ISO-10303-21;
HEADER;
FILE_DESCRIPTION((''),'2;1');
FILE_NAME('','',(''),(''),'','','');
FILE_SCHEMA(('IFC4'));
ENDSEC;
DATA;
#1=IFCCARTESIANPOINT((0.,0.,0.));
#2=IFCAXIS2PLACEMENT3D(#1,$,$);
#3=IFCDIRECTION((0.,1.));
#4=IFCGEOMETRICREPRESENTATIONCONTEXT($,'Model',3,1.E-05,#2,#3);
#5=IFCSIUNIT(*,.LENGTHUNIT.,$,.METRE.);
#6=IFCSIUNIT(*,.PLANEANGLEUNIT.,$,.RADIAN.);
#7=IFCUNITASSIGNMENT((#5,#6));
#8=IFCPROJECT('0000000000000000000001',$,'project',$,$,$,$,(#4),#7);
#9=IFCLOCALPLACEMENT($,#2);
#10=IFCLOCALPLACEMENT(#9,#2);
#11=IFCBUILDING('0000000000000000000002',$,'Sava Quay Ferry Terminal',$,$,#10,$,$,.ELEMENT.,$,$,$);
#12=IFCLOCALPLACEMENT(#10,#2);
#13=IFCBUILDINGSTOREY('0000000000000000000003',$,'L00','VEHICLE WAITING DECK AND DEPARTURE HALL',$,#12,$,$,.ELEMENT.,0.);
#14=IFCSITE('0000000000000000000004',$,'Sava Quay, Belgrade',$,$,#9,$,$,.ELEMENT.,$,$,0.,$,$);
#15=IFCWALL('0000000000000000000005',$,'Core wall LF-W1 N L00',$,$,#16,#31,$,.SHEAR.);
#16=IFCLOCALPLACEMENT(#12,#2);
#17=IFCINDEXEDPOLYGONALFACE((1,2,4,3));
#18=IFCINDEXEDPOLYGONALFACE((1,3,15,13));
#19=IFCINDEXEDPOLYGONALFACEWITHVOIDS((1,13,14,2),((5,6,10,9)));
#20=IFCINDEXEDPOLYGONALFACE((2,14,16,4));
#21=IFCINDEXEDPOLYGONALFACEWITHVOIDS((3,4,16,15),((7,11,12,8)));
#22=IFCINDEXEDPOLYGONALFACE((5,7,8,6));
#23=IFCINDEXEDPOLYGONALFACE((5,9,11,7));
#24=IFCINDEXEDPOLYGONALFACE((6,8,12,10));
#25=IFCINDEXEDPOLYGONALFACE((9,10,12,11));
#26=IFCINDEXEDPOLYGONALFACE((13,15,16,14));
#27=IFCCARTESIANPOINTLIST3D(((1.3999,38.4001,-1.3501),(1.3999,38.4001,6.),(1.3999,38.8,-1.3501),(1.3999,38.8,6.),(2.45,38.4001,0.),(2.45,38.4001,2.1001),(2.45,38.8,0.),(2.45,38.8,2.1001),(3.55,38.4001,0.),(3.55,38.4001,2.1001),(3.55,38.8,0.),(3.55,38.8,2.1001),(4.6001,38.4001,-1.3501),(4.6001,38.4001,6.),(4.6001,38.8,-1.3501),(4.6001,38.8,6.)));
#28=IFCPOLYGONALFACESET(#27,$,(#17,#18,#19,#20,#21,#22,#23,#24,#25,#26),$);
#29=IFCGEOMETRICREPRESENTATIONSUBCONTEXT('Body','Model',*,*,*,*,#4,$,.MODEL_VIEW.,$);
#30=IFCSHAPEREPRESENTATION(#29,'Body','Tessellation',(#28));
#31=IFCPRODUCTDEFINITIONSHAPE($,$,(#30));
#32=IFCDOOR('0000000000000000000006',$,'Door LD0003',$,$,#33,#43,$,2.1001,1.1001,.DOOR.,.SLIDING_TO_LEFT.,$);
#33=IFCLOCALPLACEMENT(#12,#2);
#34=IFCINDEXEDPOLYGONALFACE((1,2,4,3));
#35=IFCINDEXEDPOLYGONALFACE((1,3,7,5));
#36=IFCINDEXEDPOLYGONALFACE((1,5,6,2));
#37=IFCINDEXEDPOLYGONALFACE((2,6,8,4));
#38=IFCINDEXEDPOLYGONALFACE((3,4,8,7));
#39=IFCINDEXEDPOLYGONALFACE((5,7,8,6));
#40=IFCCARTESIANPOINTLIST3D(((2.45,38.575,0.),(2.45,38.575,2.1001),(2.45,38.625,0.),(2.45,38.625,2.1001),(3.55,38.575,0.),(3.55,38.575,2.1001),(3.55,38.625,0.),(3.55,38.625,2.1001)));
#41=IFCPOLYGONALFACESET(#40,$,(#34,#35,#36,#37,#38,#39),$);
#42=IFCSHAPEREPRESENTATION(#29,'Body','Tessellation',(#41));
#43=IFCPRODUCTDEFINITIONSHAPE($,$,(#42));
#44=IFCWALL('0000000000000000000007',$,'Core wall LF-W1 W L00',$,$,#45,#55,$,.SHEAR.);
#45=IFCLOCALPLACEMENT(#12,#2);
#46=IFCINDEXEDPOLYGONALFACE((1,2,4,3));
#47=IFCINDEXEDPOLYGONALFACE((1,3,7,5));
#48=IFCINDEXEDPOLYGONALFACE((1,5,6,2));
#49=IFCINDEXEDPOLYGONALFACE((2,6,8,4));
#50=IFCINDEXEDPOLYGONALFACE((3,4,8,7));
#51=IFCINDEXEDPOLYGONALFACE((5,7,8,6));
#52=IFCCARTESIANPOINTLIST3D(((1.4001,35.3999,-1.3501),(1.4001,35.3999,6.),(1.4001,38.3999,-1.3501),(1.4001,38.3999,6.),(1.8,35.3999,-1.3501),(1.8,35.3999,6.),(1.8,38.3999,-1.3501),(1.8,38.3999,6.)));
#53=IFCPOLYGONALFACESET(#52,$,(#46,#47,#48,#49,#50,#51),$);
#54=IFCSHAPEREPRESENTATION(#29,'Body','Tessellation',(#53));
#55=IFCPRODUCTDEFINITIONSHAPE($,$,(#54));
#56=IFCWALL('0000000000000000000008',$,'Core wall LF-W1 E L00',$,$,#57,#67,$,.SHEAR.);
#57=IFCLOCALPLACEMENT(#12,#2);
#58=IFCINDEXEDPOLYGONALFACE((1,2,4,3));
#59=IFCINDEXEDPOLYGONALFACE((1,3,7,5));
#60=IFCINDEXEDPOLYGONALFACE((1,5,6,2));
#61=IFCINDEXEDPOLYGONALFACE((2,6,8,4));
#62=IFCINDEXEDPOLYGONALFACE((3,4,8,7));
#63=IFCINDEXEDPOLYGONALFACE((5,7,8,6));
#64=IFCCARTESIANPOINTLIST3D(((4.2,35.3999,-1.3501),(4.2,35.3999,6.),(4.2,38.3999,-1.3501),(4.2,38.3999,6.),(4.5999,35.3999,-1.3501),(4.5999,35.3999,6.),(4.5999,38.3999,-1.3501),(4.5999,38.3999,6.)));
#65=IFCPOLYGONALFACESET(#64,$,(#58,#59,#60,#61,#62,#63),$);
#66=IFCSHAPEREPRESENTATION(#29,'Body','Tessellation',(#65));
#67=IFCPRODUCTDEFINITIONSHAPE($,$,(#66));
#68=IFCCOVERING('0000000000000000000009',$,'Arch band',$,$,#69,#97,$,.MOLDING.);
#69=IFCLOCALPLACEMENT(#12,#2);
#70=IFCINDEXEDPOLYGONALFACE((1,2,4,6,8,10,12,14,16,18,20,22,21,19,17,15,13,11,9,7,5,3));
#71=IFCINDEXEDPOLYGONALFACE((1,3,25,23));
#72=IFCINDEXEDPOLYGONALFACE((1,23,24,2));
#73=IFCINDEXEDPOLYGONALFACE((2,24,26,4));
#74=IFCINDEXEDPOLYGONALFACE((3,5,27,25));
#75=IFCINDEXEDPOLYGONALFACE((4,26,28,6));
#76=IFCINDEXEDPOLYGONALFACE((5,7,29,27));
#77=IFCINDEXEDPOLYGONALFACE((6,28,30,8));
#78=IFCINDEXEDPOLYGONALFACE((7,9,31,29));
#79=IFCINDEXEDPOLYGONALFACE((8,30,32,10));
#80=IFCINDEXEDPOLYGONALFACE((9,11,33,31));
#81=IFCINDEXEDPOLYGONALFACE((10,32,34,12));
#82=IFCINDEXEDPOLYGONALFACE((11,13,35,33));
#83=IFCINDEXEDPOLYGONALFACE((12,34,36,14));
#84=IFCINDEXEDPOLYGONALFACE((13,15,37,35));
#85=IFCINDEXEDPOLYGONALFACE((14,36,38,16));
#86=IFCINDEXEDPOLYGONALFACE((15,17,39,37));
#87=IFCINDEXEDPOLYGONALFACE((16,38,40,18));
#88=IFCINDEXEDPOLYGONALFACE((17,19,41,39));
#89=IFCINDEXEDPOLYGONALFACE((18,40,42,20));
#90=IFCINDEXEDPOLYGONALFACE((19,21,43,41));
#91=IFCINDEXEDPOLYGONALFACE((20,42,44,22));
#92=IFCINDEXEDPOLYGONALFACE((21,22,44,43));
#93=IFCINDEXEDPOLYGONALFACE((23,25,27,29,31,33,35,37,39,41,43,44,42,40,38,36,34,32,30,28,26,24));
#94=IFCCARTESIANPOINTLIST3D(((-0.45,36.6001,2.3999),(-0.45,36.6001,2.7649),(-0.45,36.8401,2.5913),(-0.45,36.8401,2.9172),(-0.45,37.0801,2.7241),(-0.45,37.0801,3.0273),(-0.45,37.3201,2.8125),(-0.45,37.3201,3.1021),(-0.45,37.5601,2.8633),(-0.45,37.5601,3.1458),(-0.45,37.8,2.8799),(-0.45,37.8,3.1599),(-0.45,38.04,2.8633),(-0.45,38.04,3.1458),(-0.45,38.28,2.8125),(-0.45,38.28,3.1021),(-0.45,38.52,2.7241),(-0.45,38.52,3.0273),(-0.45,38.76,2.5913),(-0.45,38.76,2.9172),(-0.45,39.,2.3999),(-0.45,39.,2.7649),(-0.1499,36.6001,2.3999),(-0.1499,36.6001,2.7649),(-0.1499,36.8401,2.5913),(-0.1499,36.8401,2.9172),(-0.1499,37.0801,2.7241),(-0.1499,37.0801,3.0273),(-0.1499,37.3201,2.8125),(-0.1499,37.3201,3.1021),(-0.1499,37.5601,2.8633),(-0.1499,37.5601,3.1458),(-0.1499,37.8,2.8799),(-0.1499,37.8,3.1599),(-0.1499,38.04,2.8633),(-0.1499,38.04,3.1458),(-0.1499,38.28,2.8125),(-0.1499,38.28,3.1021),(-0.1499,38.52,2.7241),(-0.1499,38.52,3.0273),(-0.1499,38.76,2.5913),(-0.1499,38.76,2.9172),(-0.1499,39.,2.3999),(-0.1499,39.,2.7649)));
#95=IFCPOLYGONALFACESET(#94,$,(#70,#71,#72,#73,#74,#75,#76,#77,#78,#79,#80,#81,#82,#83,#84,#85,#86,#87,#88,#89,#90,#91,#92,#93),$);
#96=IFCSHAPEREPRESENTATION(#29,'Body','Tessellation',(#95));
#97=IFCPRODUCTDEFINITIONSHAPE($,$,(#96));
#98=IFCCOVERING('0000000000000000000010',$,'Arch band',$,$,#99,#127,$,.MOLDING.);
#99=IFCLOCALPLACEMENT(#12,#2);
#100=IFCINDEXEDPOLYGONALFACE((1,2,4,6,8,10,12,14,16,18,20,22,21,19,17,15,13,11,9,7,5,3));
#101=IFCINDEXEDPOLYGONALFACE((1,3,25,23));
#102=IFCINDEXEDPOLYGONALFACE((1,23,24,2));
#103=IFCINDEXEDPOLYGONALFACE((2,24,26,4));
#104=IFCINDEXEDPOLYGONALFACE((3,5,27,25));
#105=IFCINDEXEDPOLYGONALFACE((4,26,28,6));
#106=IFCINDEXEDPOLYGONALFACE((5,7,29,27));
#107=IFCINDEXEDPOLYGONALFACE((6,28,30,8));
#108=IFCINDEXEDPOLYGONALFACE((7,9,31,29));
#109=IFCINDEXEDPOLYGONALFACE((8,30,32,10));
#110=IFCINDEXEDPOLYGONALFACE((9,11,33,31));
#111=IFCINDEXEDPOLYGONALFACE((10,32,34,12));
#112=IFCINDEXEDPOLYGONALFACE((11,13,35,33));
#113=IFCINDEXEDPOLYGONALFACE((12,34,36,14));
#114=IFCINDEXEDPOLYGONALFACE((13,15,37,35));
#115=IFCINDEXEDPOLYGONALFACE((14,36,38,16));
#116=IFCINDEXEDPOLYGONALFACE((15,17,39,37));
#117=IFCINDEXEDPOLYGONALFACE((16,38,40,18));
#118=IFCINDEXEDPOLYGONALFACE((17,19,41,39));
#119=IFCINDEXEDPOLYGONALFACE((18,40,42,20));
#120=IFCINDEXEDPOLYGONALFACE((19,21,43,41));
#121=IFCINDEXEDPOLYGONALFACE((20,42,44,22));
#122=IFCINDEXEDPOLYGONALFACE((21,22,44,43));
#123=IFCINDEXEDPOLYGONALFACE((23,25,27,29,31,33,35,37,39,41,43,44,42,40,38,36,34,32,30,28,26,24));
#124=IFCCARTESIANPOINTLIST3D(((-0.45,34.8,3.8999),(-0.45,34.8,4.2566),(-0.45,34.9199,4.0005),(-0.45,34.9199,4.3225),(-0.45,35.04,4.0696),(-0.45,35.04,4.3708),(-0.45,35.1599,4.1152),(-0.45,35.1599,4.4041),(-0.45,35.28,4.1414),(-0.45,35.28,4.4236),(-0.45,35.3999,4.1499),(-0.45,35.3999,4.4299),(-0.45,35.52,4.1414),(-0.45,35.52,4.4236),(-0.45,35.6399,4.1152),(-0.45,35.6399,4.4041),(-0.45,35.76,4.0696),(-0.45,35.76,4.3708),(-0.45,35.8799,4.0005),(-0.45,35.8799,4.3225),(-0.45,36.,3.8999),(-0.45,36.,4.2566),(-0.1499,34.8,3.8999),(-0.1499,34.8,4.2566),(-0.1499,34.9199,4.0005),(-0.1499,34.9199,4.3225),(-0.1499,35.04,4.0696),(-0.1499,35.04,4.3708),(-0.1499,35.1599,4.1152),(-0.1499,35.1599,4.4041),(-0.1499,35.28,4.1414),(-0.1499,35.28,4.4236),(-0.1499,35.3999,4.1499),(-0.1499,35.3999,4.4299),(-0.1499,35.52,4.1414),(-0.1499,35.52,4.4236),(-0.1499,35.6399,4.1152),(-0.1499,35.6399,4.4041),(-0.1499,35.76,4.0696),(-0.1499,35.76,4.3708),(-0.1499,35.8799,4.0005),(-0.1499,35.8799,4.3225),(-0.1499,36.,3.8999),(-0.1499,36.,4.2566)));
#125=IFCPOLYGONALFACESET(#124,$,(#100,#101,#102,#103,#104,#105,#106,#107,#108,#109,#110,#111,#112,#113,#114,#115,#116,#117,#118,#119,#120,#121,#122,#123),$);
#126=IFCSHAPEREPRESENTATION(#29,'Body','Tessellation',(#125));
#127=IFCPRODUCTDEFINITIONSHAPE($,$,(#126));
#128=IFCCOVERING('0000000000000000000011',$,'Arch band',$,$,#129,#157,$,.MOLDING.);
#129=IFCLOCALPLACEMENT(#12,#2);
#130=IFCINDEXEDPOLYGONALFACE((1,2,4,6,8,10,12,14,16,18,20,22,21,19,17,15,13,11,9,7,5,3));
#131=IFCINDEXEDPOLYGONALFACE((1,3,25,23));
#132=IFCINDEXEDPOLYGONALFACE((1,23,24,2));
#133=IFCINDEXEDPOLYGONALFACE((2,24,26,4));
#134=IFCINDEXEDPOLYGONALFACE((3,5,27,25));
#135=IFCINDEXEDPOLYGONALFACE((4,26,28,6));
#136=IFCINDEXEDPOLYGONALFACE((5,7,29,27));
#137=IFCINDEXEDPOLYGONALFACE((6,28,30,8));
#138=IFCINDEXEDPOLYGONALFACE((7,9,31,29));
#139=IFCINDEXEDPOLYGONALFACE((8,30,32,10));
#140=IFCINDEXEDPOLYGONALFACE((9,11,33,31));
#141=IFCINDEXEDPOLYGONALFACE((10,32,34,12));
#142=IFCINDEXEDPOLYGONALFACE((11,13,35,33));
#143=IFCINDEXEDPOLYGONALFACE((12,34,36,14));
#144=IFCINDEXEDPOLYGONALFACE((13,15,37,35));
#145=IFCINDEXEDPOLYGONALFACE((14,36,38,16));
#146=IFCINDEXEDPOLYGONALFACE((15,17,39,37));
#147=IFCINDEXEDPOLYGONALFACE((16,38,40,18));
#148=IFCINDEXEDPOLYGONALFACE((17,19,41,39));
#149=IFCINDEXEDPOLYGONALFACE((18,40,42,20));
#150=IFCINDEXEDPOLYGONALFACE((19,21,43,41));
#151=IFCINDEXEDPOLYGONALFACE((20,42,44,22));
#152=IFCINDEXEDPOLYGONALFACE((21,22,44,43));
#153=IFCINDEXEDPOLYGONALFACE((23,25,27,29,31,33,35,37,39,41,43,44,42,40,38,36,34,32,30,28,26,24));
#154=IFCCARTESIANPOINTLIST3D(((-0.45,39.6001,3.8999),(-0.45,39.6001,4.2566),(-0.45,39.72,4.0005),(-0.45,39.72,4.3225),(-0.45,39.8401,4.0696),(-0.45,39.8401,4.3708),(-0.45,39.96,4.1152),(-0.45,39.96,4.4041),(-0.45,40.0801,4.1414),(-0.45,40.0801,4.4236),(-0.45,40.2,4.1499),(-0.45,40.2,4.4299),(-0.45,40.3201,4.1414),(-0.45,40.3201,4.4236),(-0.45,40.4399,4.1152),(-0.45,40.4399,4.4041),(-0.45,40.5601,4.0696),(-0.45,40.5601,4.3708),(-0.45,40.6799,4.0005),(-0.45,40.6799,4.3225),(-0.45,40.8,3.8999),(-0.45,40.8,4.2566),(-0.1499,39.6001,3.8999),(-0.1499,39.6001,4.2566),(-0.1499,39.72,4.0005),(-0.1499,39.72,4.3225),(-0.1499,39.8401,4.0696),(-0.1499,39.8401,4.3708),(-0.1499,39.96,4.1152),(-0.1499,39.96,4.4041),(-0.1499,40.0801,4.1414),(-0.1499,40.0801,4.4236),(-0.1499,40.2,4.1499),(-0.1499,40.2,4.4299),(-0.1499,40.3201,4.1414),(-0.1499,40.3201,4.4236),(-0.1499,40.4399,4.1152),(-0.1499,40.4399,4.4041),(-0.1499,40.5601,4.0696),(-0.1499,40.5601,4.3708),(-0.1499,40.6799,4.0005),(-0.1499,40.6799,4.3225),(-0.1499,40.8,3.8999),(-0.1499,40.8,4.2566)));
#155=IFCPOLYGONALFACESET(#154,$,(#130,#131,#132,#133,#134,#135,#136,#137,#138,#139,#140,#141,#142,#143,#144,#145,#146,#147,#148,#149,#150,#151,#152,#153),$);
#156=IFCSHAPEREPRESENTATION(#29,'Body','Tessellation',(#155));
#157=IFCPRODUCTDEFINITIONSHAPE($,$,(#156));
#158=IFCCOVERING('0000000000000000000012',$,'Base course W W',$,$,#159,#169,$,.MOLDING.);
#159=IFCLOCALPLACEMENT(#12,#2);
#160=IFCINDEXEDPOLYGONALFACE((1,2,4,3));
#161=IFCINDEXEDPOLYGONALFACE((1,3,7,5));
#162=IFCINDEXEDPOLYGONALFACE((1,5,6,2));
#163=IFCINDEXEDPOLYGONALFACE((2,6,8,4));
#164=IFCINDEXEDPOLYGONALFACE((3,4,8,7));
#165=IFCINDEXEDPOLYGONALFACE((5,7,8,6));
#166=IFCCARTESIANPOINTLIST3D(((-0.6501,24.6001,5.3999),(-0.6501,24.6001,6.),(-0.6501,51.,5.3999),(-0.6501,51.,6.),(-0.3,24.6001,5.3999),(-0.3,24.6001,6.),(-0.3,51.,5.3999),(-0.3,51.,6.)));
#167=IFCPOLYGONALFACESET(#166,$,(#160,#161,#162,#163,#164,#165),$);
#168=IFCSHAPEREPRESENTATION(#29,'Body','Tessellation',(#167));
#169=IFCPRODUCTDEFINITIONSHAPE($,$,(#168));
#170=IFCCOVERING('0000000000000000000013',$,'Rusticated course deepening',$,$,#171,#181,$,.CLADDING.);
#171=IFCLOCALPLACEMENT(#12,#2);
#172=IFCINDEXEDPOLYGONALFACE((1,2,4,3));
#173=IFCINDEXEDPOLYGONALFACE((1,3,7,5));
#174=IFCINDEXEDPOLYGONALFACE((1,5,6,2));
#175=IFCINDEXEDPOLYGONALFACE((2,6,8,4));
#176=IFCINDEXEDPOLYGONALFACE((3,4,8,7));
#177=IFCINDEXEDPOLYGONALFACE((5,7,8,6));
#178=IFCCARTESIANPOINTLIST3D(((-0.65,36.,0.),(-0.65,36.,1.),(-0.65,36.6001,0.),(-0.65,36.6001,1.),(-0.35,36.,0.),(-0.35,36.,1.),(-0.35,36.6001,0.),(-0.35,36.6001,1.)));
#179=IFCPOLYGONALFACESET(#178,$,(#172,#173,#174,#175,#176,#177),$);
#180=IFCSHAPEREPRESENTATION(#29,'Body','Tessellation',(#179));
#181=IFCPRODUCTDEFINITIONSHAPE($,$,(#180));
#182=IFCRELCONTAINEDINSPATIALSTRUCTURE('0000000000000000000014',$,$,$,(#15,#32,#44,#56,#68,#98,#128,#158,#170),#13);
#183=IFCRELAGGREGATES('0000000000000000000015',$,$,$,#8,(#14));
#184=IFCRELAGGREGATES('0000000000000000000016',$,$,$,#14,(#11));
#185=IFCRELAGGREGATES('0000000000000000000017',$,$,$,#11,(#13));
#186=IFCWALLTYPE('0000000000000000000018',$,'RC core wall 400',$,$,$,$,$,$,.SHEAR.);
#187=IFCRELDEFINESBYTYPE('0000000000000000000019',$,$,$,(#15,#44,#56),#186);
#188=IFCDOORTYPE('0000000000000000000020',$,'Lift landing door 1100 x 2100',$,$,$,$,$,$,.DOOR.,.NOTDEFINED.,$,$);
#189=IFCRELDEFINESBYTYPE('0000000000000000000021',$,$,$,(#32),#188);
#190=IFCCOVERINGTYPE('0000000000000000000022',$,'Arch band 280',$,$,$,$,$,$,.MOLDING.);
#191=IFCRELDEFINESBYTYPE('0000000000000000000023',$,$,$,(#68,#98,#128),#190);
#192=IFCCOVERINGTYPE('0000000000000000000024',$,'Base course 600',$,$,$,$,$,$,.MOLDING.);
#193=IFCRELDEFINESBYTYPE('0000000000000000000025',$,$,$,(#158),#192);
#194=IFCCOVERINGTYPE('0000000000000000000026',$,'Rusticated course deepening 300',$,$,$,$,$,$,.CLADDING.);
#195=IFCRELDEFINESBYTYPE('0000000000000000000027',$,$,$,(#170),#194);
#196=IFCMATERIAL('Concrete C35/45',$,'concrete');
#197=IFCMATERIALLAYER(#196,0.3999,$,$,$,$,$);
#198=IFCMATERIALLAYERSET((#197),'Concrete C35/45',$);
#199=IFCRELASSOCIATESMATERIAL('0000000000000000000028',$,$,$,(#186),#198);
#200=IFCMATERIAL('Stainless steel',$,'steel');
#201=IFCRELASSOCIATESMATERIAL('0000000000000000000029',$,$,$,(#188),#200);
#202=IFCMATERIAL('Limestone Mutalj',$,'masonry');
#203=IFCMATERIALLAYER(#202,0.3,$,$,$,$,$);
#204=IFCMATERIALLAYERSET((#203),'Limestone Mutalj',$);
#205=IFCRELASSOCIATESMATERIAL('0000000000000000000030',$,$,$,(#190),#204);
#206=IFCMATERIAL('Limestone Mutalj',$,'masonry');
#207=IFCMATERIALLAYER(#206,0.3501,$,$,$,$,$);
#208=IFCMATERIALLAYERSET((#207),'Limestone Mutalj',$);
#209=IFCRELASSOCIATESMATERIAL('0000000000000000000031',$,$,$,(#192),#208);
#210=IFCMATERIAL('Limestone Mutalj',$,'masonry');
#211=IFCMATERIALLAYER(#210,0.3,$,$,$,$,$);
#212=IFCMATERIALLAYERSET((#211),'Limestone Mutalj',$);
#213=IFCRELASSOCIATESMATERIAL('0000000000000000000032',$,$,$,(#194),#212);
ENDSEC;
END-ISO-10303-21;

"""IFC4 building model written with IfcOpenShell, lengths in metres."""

from ifc_helpers import new_model, si_unit, direction, frame, frame_2d, origin, origin_2d, place, context, subcontext, project, spatial, polyline, rectangle, outline, extrude, material, layer, layer_set, type_object, element, fill, save


model = new_model("IFC4")

# Units and contexts
model_context = context("Model", 3, precision=1e-05, world=origin(), true_north=direction((0.0, 1.0)))
body_context = subcontext(model_context, "Body", "Model", "MODEL_VIEW")
ifc_project = project(units=[si_unit("LENGTHUNIT", "METRE"), si_unit("PLANEANGLEUNIT", "RADIAN")], contexts=[model_context])

# Site, building, storey
site_placement = place(None, origin())
site = spatial("IfcSite", under=ifc_project, at=site_placement, Name="Sava Quay, Belgrade", CompositionType="ELEMENT", RefElevation=0.0)
building_placement = place(site_placement, origin())
building = spatial("IfcBuilding", under=site, at=building_placement, Name="Sava Quay Ferry Terminal", CompositionType="ELEMENT")
storey_placement = place(building_placement, origin())
storey = spatial("IfcBuildingStorey", under=building, at=storey_placement, Name="L00", Description="VEHICLE WAITING DECK AND DEPARTURE HALL", CompositionType="ELEMENT", Elevation=0.0)

# Shared definitions
ifc_material_1 = material(Name="Concrete C35/45", Category="concrete")
ifc_layer_1 = layer(ifc_material_1, 0.3999)
ifc_layer_set_1 = layer_set([ifc_layer_1], Name="Concrete C35/45")
wall_type = type_object("IfcWallType", Name="RC core wall 400", PredefinedType="SHEAR", material=ifc_layer_set_1)

# Wall, opening, door
wall_1_placement = place(storey_placement, frame((1.3999, 38.6001, -1.3501), z_axis=(0.0, 0.0, 1.0), x_axis=(1.0, 0.0, 0.0)))
wall_1 = element("IfcWall", 1, at=wall_1_placement, inside=storey, type_object=wall_type, Name="Core wall LF-W1 N L00", PredefinedType="SHEAR", context=body_context, shape_type="SweptSolid", body=[
    extrude(rectangle(XDim=3.2002, YDim=0.3999, at=frame_2d((1.6001, 0.0))), origin(), (0.0, 0.0, 1.0), 7.3501),
])
opening_placement = place(wall_1_placement, frame((1.05, 0.0, 1.3501)))
opening = element("IfcOpeningElement", 2, at=opening_placement, cuts=wall_1, PredefinedType="OPENING", context=body_context, shape_type="SweptSolid", body=[
    extrude(rectangle(XDim=1.1001, YDim=2.1001, at=frame_2d((0.55, 1.05))), frame((0.0, 0.2, 0.0), z_axis=(0.0, -1.0, 0.0), x_axis=(1.0, 0.0, 0.0)), (0.0, 0.0, 1.0), 0.3999),
])
ifc_material_2 = material(Name="Stainless steel", Category="steel")
door_type = type_object("IfcDoorType", Name="Lift landing door 1100 x 2100", OperationType="NOTDEFINED", PredefinedType="DOOR", material=ifc_material_2)
door_placement = place(opening_placement, origin())
door = element("IfcDoor", 3, at=door_placement, inside=storey, type_object=door_type, Name="Door LD0003", OperationType="SLIDING_TO_LEFT", OverallHeight=2.1001, OverallWidth=1.1001, PredefinedType="DOOR", context=body_context, shape_type="SweptSolid", body=[
    extrude(rectangle(XDim=1.1001, YDim=2.1001, at=frame_2d((0.55, 1.05))), frame((0.0, 0.0249, 0.0), z_axis=(0.0, -1.0, 0.0), x_axis=(1.0, 0.0, 0.0)), (0.0, 0.0, 1.0), 0.05),
])
fill(opening, door)

# Walls
for number, where, z_axis, x_axis, name in (
    (4, (1.6001, 35.3999, -1.3501), (0.0, 0.0, 1.0), (0.0, 1.0, 0.0), "Core wall LF-W1 W L00"),
    (5, (4.3999, 35.3999, -1.3501), (0.0, 0.0, 1.0), (0.0, 1.0, 0.0), "Core wall LF-W1 E L00"),
):
    element("IfcWall", number, at=place(storey_placement, frame(where, z_axis=z_axis, x_axis=x_axis)), inside=storey, type_object=wall_type, Name=name, PredefinedType="SHEAR", context=body_context, shape_type="SweptSolid", body=[
        extrude(rectangle(XDim=3.0, YDim=0.3999, at=frame_2d((1.5, 0.0))), origin(), (0.0, 0.0, 1.0), 7.3501),
    ])

# Coverings
ifc_material_3 = material(Name="Limestone Mutalj", Category="masonry")
ifc_layer_2 = layer(ifc_material_3, 0.3)
ifc_layer_set_2 = layer_set([ifc_layer_2], Name="Limestone Mutalj")
covering_type_1 = type_object("IfcCoveringType", Name="Arch band 280", PredefinedType="MOLDING", material=ifc_layer_set_2)
covering_1_placement = place(storey_placement, frame((-0.1499, 36.6001, 2.3999), z_axis=(1.0, 0.0, 0.0), x_axis=(0.0, 0.781799, 0.62353)))
element("IfcCovering", 6, at=covering_1_placement, inside=storey, type_object=covering_type_1, Name="Arch band", PredefinedType="MOLDING", context=body_context, shape_type="SweptSolid", body=[
    extrude(outline(polyline([(0.0, 0.0), (0.307, 0.0), (0.5774, -0.0458), (0.8201, -0.1264), (1.0394, -0.2363), (1.2374, -0.373), (1.4147, -0.5356), (1.5706, -0.7249), (1.7032, -0.9437), (1.808, -1.1971), (1.8762, -1.4964), (2.1038, -1.2111), (2.0112, -0.9423), (1.8922, -0.7066), (1.7512, -0.4985), (1.5908, -0.3147), (1.412, -0.154), (1.2156, -0.0155), (1.0007, 0.1), (0.7665, 0.1913), (0.5102, 0.2548), (0.2276, 0.2853), (0.0, 0.0)])), origin(), (0.0, 0.0, -1.0), 0.3),
])
for number, where, z_axis, x_axis, name in (
    (7, (-0.1499, 34.8, 3.8999), (1.0, 0.0, 0.0), (0.0, 0.766043, 0.64279), "Arch band"),
    (8, (-0.1499, 39.6001, 3.8999), (1.0, 0.0, 0.0), (0.0, 0.766043, 0.64279), "Arch band"),
):
    element("IfcCovering", number, at=place(storey_placement, frame(where, z_axis=z_axis, x_axis=x_axis)), inside=storey, type_object=covering_type_1, Name=name, PredefinedType="MOLDING", context=body_context, shape_type="SweptSolid", body=[
        extrude(outline(polyline([(0.0, 0.0), (0.1565, 0.0), (0.2929, -0.0243), (0.4141, -0.0664), (0.5229, -0.1236), (0.6202, -0.1941), (0.7067, -0.2778), (0.7818, -0.3749), (0.8444, -0.4871), (0.8919, -0.6171), (0.9192, -0.7713), (1.1485, -0.4981), (1.0988, -0.3704), (1.0381, -0.2563), (0.9674, -0.1536), (0.8881, -0.0616), (0.8002, 0.0204), (0.7043, 0.0926), (0.5997, 0.1549), (0.4866, 0.2065), (0.3635, 0.2467), (0.2293, 0.2732), (0.0, 0.0)])), origin(), (0.0, 0.0, -1.0), 0.3),
    ])
ifc_material_4 = material(Name="Limestone Mutalj", Category="masonry")
ifc_layer_3 = layer(ifc_material_4, 0.3501)
ifc_layer_set_3 = layer_set([ifc_layer_3], Name="Limestone Mutalj")
covering_type_2 = type_object("IfcCoveringType", Name="Base course 600", PredefinedType="MOLDING", material=ifc_layer_set_3)
covering_2_placement = place(storey_placement, frame((-0.4751, 37.8, 5.3999), z_axis=(0.0, 0.0, 1.0), x_axis=(1.0, 0.0, 0.0)))
element("IfcCovering", 9, at=covering_2_placement, inside=storey, type_object=covering_type_2, Name="Base course W W", PredefinedType="MOLDING", context=body_context, shape_type="SweptSolid", body=[
    extrude(rectangle(XDim=0.3501, YDim=26.3999, at=origin_2d()), origin(), (0.0, 0.0, 1.0), 0.6001),
])
ifc_material_5 = material(Name="Limestone Mutalj", Category="masonry")
ifc_layer_4 = layer(ifc_material_5, 0.3)
ifc_layer_set_4 = layer_set([ifc_layer_4], Name="Limestone Mutalj")
covering_type_3 = type_object("IfcCoveringType", Name="Rusticated course deepening 300", PredefinedType="CLADDING", material=ifc_layer_set_4)
for number, where, z_axis, x_axis, name in (
    (10, (-0.5, 36.3, 0.0), (0.0, 0.0, 1.0), (1.0, 0.0, 0.0), "Rusticated course deepening"),
):
    element("IfcCovering", number, at=place(storey_placement, frame(where, z_axis=z_axis, x_axis=x_axis)), inside=storey, type_object=covering_type_3, Name=name, PredefinedType="CLADDING", context=body_context, shape_type="SweptSolid", body=[
        extrude(rectangle(XDim=0.3, YDim=0.6001, at=origin_2d()), origin(), (0.0, 0.0, 1.0), 1.0),
    ])

save(model, "model.ifc")
